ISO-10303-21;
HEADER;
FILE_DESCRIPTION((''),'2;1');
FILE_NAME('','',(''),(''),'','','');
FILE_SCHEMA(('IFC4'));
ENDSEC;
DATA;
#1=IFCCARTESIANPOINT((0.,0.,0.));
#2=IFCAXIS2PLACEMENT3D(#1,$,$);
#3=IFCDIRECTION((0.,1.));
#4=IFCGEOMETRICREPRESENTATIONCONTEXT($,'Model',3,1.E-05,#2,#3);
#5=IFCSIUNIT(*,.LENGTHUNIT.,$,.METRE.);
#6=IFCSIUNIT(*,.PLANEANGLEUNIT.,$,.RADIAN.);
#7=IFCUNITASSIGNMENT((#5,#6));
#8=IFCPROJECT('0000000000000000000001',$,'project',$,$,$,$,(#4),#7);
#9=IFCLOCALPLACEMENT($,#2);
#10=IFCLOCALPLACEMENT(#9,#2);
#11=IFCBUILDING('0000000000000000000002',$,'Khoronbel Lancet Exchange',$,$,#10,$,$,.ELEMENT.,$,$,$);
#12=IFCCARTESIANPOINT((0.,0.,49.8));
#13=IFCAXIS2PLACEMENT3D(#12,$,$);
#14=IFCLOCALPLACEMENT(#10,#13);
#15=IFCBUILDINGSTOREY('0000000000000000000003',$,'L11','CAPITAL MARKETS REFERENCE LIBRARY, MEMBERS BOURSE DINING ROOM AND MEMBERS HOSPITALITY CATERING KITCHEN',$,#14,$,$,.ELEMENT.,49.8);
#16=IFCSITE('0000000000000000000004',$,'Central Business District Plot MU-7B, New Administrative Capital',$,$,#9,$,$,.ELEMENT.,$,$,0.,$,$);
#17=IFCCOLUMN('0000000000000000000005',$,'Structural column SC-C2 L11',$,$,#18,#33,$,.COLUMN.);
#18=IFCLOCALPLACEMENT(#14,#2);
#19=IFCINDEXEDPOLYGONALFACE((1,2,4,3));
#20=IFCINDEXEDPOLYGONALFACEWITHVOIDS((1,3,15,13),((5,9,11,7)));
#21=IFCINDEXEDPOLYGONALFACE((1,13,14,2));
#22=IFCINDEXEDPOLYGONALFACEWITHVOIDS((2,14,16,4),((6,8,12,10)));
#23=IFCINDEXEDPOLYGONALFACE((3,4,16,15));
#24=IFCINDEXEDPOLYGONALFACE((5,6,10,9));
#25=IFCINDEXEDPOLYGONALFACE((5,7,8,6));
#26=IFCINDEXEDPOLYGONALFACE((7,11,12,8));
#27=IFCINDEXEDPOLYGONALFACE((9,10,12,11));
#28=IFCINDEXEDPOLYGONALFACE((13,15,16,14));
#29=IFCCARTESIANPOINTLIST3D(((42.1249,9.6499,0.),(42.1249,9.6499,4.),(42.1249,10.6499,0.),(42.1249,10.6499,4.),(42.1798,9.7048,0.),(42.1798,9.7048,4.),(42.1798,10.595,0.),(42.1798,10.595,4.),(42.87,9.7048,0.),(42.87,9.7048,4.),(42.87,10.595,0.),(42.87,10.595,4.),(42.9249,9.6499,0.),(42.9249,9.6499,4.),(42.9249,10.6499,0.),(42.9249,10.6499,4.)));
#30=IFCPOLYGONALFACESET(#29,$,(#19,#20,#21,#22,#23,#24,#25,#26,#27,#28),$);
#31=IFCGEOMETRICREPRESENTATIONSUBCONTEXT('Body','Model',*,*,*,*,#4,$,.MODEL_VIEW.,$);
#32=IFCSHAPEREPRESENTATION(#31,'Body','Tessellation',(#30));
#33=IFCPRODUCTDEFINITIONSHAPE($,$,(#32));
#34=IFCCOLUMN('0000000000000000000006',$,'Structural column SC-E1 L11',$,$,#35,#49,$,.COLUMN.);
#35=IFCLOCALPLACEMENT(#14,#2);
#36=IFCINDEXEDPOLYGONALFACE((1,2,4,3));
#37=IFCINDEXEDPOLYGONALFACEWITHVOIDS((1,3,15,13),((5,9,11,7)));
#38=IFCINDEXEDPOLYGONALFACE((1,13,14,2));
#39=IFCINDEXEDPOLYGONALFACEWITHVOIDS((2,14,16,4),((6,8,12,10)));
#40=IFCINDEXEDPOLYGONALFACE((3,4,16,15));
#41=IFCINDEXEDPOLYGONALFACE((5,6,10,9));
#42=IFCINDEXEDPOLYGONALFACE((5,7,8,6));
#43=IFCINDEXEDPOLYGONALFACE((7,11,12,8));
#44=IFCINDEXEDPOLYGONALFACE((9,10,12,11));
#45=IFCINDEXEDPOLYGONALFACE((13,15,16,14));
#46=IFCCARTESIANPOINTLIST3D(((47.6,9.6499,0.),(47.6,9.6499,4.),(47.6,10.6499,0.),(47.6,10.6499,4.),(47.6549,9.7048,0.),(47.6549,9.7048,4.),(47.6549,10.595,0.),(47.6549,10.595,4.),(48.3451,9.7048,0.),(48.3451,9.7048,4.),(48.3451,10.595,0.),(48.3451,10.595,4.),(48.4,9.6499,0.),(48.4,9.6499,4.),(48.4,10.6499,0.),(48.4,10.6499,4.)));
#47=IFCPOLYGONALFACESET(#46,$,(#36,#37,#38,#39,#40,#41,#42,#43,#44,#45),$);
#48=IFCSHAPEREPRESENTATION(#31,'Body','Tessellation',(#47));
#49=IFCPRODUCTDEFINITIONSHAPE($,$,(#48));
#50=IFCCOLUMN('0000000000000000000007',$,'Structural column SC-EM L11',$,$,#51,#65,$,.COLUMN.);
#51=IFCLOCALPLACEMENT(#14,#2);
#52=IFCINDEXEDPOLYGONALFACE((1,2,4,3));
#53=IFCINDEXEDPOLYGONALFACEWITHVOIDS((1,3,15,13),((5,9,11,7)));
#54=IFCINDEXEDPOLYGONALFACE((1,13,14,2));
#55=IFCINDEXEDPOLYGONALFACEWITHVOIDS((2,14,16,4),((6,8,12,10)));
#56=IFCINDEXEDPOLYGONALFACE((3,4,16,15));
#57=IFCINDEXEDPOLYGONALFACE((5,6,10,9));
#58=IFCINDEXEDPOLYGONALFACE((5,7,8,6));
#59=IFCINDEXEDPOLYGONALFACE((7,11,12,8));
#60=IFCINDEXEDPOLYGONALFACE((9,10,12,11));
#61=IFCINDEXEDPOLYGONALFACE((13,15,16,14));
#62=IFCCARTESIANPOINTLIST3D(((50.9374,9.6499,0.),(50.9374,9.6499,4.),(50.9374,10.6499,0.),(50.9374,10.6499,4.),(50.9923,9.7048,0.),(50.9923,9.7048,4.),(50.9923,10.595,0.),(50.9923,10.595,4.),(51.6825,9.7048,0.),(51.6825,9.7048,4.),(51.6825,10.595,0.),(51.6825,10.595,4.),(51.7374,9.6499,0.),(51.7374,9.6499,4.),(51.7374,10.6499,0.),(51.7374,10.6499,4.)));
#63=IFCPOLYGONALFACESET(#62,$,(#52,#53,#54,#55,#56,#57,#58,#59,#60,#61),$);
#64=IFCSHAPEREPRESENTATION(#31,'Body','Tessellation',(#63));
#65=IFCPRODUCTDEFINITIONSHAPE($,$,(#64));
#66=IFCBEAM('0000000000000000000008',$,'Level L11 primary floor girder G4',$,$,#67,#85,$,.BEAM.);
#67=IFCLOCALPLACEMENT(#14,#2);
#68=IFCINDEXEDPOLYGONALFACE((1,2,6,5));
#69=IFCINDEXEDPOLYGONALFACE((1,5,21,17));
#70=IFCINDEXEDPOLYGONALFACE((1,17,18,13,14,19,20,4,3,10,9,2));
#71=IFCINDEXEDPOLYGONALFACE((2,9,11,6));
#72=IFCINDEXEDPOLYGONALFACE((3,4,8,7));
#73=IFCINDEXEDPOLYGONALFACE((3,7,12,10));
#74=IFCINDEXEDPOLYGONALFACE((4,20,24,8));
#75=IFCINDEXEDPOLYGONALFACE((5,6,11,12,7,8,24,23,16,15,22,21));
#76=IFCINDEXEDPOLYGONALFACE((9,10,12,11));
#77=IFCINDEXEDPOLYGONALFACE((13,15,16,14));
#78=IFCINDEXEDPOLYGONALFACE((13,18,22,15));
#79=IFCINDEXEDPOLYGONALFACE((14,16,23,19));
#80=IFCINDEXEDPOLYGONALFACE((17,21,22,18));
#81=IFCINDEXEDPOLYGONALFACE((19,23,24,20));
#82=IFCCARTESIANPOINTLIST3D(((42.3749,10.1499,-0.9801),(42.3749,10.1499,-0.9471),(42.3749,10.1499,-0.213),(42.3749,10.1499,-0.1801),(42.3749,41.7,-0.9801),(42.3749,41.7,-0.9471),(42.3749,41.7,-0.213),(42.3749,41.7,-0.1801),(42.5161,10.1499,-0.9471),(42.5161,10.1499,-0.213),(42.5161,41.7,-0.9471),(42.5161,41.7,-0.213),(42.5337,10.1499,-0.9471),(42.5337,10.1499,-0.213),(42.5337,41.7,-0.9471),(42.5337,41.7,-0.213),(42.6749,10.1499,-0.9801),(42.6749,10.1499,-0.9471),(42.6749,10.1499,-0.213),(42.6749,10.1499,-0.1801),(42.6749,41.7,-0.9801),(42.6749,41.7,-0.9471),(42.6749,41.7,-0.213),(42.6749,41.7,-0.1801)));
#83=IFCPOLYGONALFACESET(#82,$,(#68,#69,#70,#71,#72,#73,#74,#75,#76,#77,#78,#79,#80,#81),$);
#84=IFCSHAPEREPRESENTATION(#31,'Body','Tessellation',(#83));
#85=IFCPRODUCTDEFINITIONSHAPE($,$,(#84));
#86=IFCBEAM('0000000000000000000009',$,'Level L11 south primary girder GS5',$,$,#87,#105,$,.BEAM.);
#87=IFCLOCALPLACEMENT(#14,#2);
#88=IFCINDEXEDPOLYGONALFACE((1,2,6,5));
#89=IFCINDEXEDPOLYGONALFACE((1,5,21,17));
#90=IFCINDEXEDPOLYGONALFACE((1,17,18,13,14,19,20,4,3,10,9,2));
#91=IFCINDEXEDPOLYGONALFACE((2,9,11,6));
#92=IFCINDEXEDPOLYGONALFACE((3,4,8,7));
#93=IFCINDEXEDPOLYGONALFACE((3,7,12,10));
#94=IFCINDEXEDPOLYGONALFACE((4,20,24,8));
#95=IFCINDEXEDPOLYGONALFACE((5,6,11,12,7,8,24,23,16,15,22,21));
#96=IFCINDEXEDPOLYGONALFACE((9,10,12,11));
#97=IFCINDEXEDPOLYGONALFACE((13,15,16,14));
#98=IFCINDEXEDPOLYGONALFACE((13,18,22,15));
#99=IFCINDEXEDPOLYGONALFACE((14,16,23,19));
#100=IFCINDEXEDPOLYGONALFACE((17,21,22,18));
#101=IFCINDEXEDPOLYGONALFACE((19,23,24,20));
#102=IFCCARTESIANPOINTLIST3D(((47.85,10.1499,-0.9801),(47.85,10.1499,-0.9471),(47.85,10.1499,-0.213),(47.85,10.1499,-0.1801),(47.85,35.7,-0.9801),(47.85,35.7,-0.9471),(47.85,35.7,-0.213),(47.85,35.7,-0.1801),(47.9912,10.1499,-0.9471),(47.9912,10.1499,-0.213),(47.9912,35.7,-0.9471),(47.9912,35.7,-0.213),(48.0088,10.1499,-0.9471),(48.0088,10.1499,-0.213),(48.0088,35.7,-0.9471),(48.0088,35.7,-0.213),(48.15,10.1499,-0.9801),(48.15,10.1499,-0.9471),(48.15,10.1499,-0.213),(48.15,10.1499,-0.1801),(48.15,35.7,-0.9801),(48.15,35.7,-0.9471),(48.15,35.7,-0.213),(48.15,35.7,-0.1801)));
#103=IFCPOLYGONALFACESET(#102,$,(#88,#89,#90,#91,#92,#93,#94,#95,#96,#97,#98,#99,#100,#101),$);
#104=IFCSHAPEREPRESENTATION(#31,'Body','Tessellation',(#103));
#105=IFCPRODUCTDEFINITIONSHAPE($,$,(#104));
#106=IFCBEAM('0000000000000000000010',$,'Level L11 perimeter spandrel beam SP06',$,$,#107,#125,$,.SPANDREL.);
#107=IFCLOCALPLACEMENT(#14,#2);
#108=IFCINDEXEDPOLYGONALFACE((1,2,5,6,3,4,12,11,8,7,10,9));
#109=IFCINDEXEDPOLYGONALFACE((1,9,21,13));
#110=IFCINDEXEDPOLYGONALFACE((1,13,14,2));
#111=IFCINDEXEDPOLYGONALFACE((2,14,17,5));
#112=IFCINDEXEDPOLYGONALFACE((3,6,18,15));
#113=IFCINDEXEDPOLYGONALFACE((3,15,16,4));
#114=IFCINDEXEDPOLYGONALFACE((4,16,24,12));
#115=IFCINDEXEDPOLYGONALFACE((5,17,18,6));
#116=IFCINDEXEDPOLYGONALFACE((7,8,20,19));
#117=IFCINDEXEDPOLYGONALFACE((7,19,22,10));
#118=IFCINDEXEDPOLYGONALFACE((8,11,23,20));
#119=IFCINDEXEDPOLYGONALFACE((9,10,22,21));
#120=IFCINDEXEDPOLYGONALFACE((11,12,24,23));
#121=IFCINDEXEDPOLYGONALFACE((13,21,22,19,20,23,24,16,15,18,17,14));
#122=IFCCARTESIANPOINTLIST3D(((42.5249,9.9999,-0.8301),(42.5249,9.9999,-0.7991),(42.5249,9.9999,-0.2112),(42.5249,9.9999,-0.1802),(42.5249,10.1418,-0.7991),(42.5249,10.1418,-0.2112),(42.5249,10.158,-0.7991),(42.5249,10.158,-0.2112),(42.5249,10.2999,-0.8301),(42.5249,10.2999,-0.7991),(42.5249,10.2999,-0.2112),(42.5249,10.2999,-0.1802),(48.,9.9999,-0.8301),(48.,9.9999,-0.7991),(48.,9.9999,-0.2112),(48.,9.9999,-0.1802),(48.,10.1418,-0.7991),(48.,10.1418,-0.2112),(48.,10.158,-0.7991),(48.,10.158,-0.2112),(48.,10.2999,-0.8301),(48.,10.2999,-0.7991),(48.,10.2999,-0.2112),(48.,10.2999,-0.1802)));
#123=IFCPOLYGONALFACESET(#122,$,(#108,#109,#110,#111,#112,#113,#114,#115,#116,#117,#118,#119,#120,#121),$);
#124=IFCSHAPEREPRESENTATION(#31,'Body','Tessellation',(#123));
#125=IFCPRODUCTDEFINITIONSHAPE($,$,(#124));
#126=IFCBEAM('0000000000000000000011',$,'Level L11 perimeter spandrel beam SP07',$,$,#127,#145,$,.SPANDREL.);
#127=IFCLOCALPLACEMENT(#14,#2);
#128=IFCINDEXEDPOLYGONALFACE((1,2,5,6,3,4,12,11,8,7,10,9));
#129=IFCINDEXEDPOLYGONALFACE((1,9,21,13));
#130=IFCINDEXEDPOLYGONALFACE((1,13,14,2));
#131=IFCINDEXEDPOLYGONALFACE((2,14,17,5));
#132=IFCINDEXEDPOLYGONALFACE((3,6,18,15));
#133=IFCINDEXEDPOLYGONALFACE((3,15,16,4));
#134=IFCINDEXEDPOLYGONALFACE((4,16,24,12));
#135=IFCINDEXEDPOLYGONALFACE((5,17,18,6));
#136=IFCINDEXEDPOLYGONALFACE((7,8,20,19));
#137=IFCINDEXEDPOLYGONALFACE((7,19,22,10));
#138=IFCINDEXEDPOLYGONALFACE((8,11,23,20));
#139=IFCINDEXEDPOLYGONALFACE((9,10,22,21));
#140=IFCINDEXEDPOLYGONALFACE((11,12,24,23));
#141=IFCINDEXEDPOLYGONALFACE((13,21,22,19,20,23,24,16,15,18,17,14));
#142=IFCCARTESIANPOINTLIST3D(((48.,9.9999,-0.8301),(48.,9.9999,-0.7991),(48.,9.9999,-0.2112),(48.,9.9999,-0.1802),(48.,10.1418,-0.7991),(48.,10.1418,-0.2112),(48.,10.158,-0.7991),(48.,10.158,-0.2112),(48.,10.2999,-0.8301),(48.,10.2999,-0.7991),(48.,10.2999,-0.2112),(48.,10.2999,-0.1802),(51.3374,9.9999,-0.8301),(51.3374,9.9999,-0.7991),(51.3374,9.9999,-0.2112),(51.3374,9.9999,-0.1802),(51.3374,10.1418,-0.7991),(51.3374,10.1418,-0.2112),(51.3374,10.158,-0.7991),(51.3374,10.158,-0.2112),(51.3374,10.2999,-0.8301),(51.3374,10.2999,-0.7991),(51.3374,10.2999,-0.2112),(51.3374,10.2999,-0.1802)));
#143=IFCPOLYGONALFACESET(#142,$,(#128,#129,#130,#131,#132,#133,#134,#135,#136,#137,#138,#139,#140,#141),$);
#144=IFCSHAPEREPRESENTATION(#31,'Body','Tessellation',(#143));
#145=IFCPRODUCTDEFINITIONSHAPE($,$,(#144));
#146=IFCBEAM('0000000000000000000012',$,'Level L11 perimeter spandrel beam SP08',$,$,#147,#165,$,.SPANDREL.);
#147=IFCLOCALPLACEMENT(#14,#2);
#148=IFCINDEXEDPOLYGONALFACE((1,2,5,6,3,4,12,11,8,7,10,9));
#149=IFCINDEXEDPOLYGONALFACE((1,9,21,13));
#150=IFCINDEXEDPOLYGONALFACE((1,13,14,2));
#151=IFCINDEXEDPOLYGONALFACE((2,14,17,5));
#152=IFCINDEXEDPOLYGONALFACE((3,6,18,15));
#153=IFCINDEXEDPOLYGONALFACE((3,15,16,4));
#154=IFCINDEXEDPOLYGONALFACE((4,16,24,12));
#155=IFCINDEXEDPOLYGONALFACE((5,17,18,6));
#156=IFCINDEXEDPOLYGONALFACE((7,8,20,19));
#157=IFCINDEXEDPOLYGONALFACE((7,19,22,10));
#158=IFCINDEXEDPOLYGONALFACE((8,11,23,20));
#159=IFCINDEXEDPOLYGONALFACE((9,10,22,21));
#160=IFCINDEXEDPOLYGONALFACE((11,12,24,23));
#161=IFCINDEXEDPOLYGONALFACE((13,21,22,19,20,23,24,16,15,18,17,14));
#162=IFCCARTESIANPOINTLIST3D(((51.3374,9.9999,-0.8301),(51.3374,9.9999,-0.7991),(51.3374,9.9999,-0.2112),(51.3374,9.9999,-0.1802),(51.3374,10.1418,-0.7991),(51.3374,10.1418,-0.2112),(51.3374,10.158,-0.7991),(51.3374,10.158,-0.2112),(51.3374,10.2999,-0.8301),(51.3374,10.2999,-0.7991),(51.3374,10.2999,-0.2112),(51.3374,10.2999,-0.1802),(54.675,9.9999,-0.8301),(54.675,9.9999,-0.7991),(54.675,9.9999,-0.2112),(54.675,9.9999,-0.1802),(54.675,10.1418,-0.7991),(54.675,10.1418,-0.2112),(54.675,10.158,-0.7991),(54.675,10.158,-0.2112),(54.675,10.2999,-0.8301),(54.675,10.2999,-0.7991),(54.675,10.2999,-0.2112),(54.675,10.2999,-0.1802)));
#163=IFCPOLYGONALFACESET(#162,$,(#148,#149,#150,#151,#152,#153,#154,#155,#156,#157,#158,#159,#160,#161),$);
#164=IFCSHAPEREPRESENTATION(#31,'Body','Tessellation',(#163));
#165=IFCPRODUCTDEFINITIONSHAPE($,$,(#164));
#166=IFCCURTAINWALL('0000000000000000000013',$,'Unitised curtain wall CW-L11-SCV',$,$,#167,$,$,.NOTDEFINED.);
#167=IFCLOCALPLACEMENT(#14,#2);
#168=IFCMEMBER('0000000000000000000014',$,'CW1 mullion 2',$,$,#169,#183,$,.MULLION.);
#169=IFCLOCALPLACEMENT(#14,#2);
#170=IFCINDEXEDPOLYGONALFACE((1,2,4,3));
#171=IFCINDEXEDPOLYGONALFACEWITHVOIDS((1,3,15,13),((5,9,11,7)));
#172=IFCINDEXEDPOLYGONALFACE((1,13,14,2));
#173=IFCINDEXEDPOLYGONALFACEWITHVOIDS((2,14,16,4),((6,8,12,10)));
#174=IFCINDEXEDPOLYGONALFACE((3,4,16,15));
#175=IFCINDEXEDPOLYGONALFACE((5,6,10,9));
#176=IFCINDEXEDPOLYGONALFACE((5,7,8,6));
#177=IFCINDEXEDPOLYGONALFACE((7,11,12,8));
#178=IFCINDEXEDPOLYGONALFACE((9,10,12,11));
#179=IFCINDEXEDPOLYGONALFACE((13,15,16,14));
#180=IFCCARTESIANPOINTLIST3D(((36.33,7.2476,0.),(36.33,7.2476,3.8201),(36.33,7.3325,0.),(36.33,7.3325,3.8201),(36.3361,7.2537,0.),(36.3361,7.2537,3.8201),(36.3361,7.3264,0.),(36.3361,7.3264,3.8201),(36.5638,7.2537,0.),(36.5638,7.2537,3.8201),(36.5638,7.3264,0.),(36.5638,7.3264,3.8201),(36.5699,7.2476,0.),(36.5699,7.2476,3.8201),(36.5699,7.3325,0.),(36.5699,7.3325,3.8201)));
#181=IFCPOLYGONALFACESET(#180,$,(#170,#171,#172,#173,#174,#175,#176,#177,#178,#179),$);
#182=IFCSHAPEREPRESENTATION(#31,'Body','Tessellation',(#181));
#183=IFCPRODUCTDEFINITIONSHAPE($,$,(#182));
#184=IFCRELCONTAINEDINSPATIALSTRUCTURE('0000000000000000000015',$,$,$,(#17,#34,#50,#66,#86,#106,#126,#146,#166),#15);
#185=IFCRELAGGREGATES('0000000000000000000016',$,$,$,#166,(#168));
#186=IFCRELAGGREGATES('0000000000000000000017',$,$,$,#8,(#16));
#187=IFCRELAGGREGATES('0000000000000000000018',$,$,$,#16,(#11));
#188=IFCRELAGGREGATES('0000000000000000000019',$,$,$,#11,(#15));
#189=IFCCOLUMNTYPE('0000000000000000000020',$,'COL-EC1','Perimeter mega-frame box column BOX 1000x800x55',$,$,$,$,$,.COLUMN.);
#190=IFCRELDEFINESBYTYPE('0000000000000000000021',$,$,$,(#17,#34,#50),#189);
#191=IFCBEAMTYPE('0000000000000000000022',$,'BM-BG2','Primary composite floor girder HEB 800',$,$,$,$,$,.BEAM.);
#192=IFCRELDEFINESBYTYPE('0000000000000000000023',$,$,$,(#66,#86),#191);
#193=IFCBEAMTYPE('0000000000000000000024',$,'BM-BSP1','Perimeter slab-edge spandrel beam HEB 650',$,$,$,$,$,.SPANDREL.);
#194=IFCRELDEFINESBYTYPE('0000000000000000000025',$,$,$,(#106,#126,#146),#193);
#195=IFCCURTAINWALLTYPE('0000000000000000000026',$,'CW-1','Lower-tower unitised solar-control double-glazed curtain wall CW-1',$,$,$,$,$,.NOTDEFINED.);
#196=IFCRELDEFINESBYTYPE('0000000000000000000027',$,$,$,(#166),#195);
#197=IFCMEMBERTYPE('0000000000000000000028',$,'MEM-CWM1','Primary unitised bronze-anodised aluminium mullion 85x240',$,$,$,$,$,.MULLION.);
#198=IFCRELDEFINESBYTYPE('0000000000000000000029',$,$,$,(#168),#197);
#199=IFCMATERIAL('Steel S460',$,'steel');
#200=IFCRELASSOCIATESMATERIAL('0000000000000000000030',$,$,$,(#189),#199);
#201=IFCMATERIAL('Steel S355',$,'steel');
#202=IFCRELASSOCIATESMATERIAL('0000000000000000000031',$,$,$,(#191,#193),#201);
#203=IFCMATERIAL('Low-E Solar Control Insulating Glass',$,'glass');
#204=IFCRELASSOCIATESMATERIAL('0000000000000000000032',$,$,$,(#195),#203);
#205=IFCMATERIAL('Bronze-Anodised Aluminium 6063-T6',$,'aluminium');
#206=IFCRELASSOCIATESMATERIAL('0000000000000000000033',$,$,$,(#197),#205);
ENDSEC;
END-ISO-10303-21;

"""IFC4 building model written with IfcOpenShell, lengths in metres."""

from ifc_helpers import new_model, si_unit, direction, frame, origin, origin_2d, place, context, subcontext, project, spatial, hollow_rectangle, i_section, extrude, material, material_profile, profile_set, type_object, element, aggregate, save


model = new_model("IFC4")

# Units and contexts
model_context = context("Model", 3, precision=1e-05, world=origin(), true_north=direction((0.0, 1.0)))
body_context = subcontext(model_context, "Body", "Model", "MODEL_VIEW")
ifc_project = project(units=[si_unit("LENGTHUNIT", "METRE"), si_unit("PLANEANGLEUNIT", "RADIAN")], contexts=[model_context])

# Site, building, storey
site_placement = place(None, origin())
site = spatial("IfcSite", under=ifc_project, at=site_placement, Name="Central Business District Plot MU-7B, New Administrative Capital", CompositionType="ELEMENT", RefElevation=0.0)
building_placement = place(site_placement, origin())
building = spatial("IfcBuilding", under=site, at=building_placement, Name="Khoronbel Lancet Exchange", CompositionType="ELEMENT")
storey_placement = place(building_placement, frame((0.0, 0.0, 49.8)))
storey = spatial("IfcBuildingStorey", under=building, at=storey_placement, Name="L11", Description="CAPITAL MARKETS REFERENCE LIBRARY, MEMBERS BOURSE DINING ROOM AND MEMBERS HOSPITALITY CATERING KITCHEN", CompositionType="ELEMENT", Elevation=49.8)

# Columns
ifc_material_1 = material(Name="Steel S460", Category="steel")
ifc_material_profile_1 = material_profile(ifc_material_1, hollow_rectangle(XDim=0.8, YDim=1.0, WallThickness=0.0549, at=origin_2d()), Name="BOX 1000x800x55")
ifc_profile_set_1 = profile_set([ifc_material_profile_1], Name="Steel S460")
column_type = type_object("IfcColumnType", Name="COL-EC1", Description="Perimeter mega-frame box column BOX 1000x800x55", PredefinedType="COLUMN", material=ifc_profile_set_1)
for number, where, z_axis, x_axis, name in (
    (1, (42.5249, 10.1499, 0.0), (0.0, 0.0, 1.0), (1.0, 0.0, 0.0), "Structural column SC-C2 L11"),
    (2, (48.0, 10.1499, 0.0), (0.0, 0.0, 1.0), (1.0, 0.0, 0.0), "Structural column SC-E1 L11"),
    (3, (51.3374, 10.1499, 0.0), (0.0, 0.0, 1.0), (1.0, 0.0, 0.0), "Structural column SC-EM L11"),
):
    element("IfcColumn", number, at=place(storey_placement, frame(where, z_axis=z_axis, x_axis=x_axis)), inside=storey, type_object=column_type, Name=name, PredefinedType="COLUMN", context=body_context, shape_type="SweptSolid", body=[
        extrude(hollow_rectangle(XDim=0.8, YDim=1.0, WallThickness=0.0549, at=origin_2d()), origin(), (0.0, 0.0, 1.0), 4.0),
    ])

# Beams
ifc_material_2 = material(Name="Steel S355", Category="steel")
ifc_material_profile_2 = material_profile(ifc_material_2, i_section(OverallWidth=0.3, OverallDepth=0.8, WebThickness=0.0176, FlangeThickness=0.033, at=origin_2d()), Name="HEB 800")
ifc_profile_set_2 = profile_set([ifc_material_profile_2], Name="Steel S355")
beam_type_1 = type_object("IfcBeamType", Name="BM-BG2", Description="Primary composite floor girder HEB 800", PredefinedType="BEAM", material=ifc_profile_set_2)
beam_1_placement = place(storey_placement, frame((42.5249, 10.1499, -0.5801), z_axis=(0.0, 1.0, 0.0), x_axis=(-1.0, 0.0, 0.0)))
element("IfcBeam", 4, at=beam_1_placement, inside=storey, type_object=beam_type_1, Name="Level L11 primary floor girder G4", PredefinedType="BEAM", context=body_context, shape_type="SweptSolid", body=[
    extrude(i_section(OverallWidth=0.3, OverallDepth=0.8, WebThickness=0.0176, FlangeThickness=0.033, at=origin_2d()), origin(), (0.0, 0.0, 1.0), 31.55),
])
beam_2_placement = place(storey_placement, frame((48.0, 10.1499, -0.5801), z_axis=(0.0, 1.0, 0.0), x_axis=(-1.0, 0.0, 0.0)))
element("IfcBeam", 5, at=beam_2_placement, inside=storey, type_object=beam_type_1, Name="Level L11 south primary girder GS5", PredefinedType="BEAM", context=body_context, shape_type="SweptSolid", body=[
    extrude(i_section(OverallWidth=0.3, OverallDepth=0.8, WebThickness=0.0176, FlangeThickness=0.033, at=origin_2d()), origin(), (0.0, 0.0, 1.0), 25.55),
])
ifc_material_profile_3 = material_profile(ifc_material_2, i_section(OverallWidth=0.3, OverallDepth=0.6499, WebThickness=0.0161, FlangeThickness=0.031, at=origin_2d()), Name="HEB 650")
ifc_profile_set_3 = profile_set([ifc_material_profile_3], Name="Steel S355")
beam_type_2 = type_object("IfcBeamType", Name="BM-BSP1", Description="Perimeter slab-edge spandrel beam HEB 650", PredefinedType="SPANDREL", material=ifc_profile_set_3)
beam_3_placement = place(storey_placement, frame((42.5249, 10.1499, -0.5051), z_axis=(1.0, 0.0, 0.0), x_axis=(0.0, 1.0, 0.0)))
element("IfcBeam", 6, at=beam_3_placement, inside=storey, type_object=beam_type_2, Name="Level L11 perimeter spandrel beam SP06", PredefinedType="SPANDREL", context=body_context, shape_type="SweptSolid", body=[
    extrude(i_section(OverallWidth=0.3, OverallDepth=0.6499, WebThickness=0.0161, FlangeThickness=0.031, at=origin_2d()), origin(), (0.0, 0.0, 1.0), 5.4751),
])
beam_4_placement = place(storey_placement, frame((48.0, 10.1499, -0.5051), z_axis=(1.0, 0.0, 0.0), x_axis=(0.0, 1.0, 0.0)))
element("IfcBeam", 7, at=beam_4_placement, inside=storey, type_object=beam_type_2, Name="Level L11 perimeter spandrel beam SP07", PredefinedType="SPANDREL", context=body_context, shape_type="SweptSolid", body=[
    extrude(i_section(OverallWidth=0.3, OverallDepth=0.6499, WebThickness=0.0161, FlangeThickness=0.031, at=origin_2d()), origin(), (0.0, 0.0, 1.0), 3.3374),
])
beam_5_placement = place(storey_placement, frame((51.3374, 10.1499, -0.5051), z_axis=(1.0, 0.0, 0.0), x_axis=(0.0, 1.0, 0.0)))
element("IfcBeam", 8, at=beam_5_placement, inside=storey, type_object=beam_type_2, Name="Level L11 perimeter spandrel beam SP08", PredefinedType="SPANDREL", context=body_context, shape_type="SweptSolid", body=[
    extrude(i_section(OverallWidth=0.3, OverallDepth=0.6499, WebThickness=0.0161, FlangeThickness=0.031, at=origin_2d()), origin(), (0.0, 0.0, 1.0), 3.3376),
])

# Curtain wall, member
ifc_material_3 = material(Name="Low-E Solar Control Insulating Glass", Category="glass")
curtain_wall_type = type_object("IfcCurtainWallType", Name="CW-1", Description="Lower-tower unitised solar-control double-glazed curtain wall CW-1", PredefinedType="NOTDEFINED", material=ifc_material_3)
curtain_wall_1_placement = place(storey_placement, origin())
curtain_wall_1 = element("IfcCurtainWall", 9, at=curtain_wall_1_placement, inside=storey, type_object=curtain_wall_type, Name="Unitised curtain wall CW-L11-SCV", PredefinedType="NOTDEFINED")
ifc_material_4 = material(Name="Bronze-Anodised Aluminium 6063-T6", Category="aluminium")
ifc_material_profile_4 = material_profile(ifc_material_4, hollow_rectangle(XDim=0.085, YDim=0.24, WallThickness=0.0061, at=origin_2d()), Name="ALU MULLION 85x240")
ifc_profile_set_4 = profile_set([ifc_material_profile_4], Name="Bronze-Anodised Aluminium 6063-T6")
member_type_1 = type_object("IfcMemberType", Name="MEM-CWM1", Description="Primary unitised bronze-anodised aluminium mullion 85x240", PredefinedType="MULLION", material=ifc_profile_set_4)
member_1_placement = place(storey_placement, frame((36.45, 7.29, 0.0), z_axis=(0.0, 0.0, 1.0), x_axis=(0.0, 1.0, 0.0)))
member_1 = element("IfcMember", 10, at=member_1_placement, type_object=member_type_1, Name="CW1 mullion 2", PredefinedType="MULLION", context=body_context, shape_type="SweptSolid", body=[
    extrude(hollow_rectangle(XDim=0.085, YDim=0.24, WallThickness=0.0061, at=origin_2d()), origin(), (0.0, 0.0, 1.0), 3.8201),
])

aggregate(curtain_wall_1, [member_1])

save(model, "model.ifc")
